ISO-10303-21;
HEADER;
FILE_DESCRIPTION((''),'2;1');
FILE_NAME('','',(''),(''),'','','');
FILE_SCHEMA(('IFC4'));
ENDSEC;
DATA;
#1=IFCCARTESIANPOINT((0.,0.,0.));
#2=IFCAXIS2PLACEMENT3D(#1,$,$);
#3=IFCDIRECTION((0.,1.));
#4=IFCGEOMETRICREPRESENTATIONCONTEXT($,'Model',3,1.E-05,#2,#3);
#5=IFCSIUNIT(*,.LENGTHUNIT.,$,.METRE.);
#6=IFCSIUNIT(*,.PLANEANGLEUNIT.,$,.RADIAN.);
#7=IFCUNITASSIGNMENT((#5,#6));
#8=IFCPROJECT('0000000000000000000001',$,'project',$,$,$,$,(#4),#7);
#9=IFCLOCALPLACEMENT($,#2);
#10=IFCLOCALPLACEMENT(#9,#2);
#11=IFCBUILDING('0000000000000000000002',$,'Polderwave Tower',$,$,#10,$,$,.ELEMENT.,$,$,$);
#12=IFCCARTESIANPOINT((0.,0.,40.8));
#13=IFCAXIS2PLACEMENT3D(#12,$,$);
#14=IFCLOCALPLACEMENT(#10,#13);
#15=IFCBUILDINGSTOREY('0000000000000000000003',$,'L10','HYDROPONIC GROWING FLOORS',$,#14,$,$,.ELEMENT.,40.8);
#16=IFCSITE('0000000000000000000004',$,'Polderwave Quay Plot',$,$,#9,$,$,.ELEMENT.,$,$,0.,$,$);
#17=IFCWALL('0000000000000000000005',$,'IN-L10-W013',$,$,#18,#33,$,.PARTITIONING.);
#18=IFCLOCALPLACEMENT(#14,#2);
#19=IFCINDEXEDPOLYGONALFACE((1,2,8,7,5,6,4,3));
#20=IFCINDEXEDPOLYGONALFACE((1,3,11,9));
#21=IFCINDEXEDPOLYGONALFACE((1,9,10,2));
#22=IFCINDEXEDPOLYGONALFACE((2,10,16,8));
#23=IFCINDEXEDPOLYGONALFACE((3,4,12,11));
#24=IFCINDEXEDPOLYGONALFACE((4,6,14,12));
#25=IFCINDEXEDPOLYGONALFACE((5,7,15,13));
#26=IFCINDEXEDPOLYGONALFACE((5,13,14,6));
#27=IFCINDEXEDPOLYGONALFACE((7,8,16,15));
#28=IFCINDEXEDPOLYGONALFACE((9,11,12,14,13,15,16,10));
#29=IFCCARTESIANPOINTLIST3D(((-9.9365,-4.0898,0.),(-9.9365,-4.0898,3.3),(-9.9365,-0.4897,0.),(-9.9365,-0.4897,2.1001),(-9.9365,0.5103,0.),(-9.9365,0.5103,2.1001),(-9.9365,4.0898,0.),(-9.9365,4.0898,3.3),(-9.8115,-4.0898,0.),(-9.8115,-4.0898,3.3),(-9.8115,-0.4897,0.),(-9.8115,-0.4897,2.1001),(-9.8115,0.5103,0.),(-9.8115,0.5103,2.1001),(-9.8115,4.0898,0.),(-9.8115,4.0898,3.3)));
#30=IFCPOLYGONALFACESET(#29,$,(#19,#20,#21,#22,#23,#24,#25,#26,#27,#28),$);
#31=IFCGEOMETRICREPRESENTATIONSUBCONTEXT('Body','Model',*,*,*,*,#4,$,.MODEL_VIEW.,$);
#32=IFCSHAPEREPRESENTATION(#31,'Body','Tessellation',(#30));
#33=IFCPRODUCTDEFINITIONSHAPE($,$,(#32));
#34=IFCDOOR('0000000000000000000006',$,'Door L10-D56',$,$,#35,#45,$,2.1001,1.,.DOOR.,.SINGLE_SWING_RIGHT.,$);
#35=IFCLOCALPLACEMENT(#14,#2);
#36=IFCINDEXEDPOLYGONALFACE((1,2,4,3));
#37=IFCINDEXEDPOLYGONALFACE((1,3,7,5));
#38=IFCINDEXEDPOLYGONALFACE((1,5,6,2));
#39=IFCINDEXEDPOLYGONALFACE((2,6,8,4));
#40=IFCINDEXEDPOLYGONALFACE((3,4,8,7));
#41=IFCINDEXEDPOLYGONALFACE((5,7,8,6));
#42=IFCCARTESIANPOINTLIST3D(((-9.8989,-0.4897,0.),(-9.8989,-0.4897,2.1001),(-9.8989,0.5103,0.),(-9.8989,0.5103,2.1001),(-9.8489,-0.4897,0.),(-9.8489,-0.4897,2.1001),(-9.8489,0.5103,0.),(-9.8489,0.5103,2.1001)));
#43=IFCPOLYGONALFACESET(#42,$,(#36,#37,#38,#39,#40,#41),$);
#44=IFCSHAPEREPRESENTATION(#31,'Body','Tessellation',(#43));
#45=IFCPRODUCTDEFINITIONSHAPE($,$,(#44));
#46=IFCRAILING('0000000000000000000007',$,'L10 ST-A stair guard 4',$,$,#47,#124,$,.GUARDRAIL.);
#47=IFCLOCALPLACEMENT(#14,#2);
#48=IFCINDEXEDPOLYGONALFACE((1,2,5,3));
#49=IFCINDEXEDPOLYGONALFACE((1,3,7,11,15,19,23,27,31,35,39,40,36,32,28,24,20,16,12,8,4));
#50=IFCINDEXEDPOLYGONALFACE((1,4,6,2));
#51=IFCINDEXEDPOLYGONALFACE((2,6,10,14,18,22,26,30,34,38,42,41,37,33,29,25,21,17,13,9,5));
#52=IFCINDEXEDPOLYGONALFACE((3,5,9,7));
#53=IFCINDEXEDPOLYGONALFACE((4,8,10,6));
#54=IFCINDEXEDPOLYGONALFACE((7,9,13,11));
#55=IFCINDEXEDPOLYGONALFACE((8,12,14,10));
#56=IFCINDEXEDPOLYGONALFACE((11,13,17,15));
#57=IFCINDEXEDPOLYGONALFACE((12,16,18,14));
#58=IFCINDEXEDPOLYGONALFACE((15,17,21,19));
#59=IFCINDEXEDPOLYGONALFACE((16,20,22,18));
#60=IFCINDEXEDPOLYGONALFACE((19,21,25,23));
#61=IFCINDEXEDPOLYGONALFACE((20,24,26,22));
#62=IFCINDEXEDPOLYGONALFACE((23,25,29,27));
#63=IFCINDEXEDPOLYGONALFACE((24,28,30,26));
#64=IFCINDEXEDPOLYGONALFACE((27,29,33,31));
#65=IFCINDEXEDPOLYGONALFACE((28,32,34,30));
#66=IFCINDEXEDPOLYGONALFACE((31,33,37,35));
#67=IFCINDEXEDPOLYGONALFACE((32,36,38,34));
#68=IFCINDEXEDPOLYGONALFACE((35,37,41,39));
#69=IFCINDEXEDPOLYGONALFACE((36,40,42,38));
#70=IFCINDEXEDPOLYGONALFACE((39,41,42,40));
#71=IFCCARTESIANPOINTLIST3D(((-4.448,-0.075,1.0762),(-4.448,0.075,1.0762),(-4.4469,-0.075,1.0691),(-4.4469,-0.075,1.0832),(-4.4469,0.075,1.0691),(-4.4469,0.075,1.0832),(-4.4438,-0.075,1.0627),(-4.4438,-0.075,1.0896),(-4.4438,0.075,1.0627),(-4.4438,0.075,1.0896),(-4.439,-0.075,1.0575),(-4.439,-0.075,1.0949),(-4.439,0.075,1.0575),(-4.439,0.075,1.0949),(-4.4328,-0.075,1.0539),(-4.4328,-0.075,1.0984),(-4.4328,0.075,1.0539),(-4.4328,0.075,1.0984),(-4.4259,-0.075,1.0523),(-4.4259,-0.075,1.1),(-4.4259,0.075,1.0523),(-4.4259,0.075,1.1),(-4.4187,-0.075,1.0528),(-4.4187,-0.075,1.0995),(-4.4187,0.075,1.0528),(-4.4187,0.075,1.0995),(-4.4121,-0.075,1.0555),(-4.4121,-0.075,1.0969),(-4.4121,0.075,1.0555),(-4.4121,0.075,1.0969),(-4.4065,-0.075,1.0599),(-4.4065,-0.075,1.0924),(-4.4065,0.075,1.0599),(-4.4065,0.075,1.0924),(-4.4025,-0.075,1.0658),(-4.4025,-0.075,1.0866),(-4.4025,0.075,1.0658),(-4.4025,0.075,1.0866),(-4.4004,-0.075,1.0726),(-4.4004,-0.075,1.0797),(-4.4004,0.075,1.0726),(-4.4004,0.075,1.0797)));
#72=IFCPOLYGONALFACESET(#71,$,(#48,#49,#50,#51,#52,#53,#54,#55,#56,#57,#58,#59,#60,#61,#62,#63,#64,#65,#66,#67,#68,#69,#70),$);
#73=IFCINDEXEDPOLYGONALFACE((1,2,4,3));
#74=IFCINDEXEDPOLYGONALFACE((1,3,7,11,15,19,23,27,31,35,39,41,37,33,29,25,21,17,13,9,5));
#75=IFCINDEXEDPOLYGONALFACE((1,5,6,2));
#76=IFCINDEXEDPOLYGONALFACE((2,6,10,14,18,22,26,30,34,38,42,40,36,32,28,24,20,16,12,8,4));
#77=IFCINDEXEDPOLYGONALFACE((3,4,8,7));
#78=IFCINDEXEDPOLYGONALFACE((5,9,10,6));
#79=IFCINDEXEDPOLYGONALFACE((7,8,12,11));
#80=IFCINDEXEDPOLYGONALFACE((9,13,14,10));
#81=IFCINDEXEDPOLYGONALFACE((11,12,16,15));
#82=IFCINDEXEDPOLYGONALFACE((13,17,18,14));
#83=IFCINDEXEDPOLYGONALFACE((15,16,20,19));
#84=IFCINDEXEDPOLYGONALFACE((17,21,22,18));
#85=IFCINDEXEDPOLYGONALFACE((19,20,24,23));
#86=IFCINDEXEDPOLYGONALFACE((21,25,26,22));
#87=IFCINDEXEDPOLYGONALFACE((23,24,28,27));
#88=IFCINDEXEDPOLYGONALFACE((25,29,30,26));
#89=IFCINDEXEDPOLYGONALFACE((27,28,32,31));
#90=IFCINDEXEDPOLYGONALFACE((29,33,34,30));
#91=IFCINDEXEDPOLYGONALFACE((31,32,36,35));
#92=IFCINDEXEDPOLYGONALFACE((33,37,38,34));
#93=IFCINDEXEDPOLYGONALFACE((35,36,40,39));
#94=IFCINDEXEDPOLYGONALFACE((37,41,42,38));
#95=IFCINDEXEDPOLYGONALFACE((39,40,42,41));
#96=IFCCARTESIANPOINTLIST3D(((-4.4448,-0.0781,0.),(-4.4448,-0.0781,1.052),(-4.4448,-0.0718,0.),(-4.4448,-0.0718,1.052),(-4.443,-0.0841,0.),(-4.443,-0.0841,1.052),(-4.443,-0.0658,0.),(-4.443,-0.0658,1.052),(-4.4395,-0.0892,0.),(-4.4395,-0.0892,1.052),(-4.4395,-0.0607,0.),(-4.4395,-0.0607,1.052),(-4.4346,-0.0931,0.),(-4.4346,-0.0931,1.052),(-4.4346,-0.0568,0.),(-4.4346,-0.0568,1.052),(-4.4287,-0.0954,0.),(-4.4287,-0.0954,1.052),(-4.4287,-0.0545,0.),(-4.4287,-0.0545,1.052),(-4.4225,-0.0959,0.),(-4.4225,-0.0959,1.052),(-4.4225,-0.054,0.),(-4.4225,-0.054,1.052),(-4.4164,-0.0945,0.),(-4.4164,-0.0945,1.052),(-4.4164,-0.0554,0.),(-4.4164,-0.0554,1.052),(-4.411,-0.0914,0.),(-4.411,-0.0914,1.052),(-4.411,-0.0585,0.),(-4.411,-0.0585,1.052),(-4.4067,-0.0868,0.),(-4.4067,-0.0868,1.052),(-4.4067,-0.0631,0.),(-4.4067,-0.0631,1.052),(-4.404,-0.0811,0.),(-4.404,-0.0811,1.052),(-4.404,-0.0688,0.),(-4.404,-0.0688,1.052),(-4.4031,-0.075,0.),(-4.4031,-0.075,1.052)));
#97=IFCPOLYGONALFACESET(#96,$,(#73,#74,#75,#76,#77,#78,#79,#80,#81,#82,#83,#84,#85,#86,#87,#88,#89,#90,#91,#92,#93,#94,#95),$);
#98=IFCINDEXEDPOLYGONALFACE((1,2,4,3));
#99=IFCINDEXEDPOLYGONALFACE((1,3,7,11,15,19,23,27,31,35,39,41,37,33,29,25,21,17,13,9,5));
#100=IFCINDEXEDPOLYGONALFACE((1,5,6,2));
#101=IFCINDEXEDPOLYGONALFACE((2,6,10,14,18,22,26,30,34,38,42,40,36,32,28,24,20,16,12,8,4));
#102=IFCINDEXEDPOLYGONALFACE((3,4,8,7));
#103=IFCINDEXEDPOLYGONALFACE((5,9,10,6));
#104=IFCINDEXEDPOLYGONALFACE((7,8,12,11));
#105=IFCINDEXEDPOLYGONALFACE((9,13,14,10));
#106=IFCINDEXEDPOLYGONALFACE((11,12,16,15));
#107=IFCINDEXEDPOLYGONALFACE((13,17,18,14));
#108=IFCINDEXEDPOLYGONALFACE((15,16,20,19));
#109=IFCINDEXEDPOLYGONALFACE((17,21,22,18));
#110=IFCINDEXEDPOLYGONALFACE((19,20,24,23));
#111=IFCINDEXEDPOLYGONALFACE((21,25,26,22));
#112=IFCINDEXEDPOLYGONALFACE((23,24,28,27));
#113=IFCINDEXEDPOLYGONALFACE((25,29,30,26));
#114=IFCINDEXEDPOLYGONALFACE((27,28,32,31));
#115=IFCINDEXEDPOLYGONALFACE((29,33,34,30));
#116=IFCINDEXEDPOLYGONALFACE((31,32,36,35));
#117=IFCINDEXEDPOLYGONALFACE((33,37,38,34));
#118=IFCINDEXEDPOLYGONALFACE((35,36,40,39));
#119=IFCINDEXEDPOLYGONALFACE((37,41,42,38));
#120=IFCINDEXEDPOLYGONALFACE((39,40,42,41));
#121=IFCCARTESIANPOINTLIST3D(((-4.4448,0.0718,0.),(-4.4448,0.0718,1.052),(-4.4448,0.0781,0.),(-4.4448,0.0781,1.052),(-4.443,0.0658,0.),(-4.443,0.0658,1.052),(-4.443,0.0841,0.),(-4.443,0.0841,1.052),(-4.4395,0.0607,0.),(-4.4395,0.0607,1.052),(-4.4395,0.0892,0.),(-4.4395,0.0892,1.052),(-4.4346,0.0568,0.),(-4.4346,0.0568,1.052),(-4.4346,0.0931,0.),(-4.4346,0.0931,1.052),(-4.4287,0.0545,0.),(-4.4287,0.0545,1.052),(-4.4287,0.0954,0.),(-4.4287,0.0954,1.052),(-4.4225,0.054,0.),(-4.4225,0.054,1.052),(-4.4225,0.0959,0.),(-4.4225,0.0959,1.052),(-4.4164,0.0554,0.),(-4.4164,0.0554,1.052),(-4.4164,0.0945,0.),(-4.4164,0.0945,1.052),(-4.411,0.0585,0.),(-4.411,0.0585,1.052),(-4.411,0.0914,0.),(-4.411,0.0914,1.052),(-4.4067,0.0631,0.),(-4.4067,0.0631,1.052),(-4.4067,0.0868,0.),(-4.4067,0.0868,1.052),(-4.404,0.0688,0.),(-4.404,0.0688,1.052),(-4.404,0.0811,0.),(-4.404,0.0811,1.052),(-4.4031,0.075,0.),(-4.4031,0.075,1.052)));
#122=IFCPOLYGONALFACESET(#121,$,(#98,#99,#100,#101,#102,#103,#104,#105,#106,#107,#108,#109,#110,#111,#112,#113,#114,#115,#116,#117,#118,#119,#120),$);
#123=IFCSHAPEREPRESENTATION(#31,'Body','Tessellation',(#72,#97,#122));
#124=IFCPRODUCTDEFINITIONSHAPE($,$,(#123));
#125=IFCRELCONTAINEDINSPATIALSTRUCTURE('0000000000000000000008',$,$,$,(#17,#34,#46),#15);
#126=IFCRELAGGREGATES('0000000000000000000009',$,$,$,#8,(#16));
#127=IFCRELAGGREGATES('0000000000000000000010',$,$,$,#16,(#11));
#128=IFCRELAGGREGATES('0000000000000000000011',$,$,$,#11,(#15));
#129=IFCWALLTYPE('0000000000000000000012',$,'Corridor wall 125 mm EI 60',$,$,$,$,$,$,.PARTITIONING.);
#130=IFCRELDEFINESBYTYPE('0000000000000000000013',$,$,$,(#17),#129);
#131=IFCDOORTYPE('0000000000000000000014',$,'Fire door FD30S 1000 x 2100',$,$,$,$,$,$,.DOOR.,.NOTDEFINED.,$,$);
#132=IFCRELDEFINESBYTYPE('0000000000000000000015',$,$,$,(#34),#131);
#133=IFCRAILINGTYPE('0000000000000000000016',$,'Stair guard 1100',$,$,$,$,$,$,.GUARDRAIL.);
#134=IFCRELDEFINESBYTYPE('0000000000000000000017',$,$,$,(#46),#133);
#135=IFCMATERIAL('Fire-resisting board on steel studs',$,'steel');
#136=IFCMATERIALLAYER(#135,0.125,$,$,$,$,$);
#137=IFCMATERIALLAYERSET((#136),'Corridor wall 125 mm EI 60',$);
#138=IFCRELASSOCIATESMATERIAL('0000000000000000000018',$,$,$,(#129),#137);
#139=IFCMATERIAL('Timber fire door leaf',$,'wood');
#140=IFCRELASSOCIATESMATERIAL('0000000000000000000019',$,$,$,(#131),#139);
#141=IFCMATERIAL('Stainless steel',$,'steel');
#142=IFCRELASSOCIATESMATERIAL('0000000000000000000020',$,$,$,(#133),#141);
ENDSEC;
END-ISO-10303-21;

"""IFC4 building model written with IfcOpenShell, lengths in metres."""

from ifc_helpers import new_model, si_unit, direction, frame, frame_2d, origin, origin_2d, place, context, subcontext, project, spatial, rectangle, circle, extrude, material, layer, layer_set, type_object, element, fill, save


model = new_model("IFC4")

# Units and contexts
model_context = context("Model", 3, precision=1e-05, world=origin(), true_north=direction((0.0, 1.0)))
body_context = subcontext(model_context, "Body", "Model", "MODEL_VIEW")
ifc_project = project(units=[si_unit("LENGTHUNIT", "METRE"), si_unit("PLANEANGLEUNIT", "RADIAN")], contexts=[model_context])

# Site, building, storey
site_placement = place(None, origin())
site = spatial("IfcSite", under=ifc_project, at=site_placement, Name="Polderwave Quay Plot", CompositionType="ELEMENT", RefElevation=0.0)
building_placement = place(site_placement, origin())
building = spatial("IfcBuilding", under=site, at=building_placement, Name="Polderwave Tower", CompositionType="ELEMENT")
storey_placement = place(building_placement, frame((0.0, 0.0, 40.8)))
storey = spatial("IfcBuildingStorey", under=building, at=storey_placement, Name="L10", Description="HYDROPONIC GROWING FLOORS", CompositionType="ELEMENT", Elevation=40.8)

# Shared definitions
ifc_material_1 = material(Name="Stainless steel", Category="steel")

# Wall, opening, door
ifc_material_2 = material(Name="Fire-resisting board on steel studs", Category="steel")
ifc_layer_1 = layer(ifc_material_2, 0.125)
ifc_layer_set_1 = layer_set([ifc_layer_1], Name="Corridor wall 125 mm EI 60")
wall_type_1 = type_object("IfcWallType", Name="Corridor wall 125 mm EI 60", PredefinedType="PARTITIONING", material=ifc_layer_set_1)
wall_1_placement = place(storey_placement, frame((-9.874, -4.0898, 0.0), z_axis=(0.0, 0.0, 1.0), x_axis=(0.0, 1.0, 0.0)))
wall_1 = element("IfcWall", 1, at=wall_1_placement, inside=storey, type_object=wall_type_1, Name="IN-L10-W013", PredefinedType="PARTITIONING", context=body_context, shape_type="SweptSolid", body=[
    extrude(rectangle(XDim=8.1797, YDim=0.125, at=frame_2d((4.0898, 0.0))), origin(), (0.0, 0.0, 1.0), 3.3),
])
opening_1_placement = place(wall_1_placement, frame((3.6001, 0.0, 0.0)))
opening_1 = element("IfcOpeningElement", 2, at=opening_1_placement, cuts=wall_1, PredefinedType="OPENING", context=body_context, shape_type="SweptSolid", body=[
    extrude(rectangle(XDim=1.0, YDim=2.1001, at=frame_2d((0.5, 1.05))), frame((0.0, 0.0725, 0.0), z_axis=(0.0, -1.0, 0.0), x_axis=(1.0, 0.0, 0.0)), (0.0, 0.0, 1.0), 0.145),
])
ifc_material_3 = material(Name="Timber fire door leaf", Category="wood")
door_type_1 = type_object("IfcDoorType", Name="Fire door FD30S 1000 x 2100", OperationType="NOTDEFINED", PredefinedType="DOOR", material=ifc_material_3)
door_1_placement = place(opening_1_placement, origin())
door_1 = element("IfcDoor", 3, at=door_1_placement, inside=storey, type_object=door_type_1, Name="Door L10-D56", OperationType="SINGLE_SWING_RIGHT", OverallHeight=2.1001, OverallWidth=1.0, PredefinedType="DOOR", context=body_context, shape_type="SweptSolid", body=[
    extrude(rectangle(XDim=1.0, YDim=2.1001, at=frame_2d((0.5, 1.05))), frame((0.0, 0.0249, 0.0), z_axis=(0.0, -1.0, 0.0), x_axis=(1.0, 0.0, 0.0)), (0.0, 0.0, 1.0), 0.05),
])
fill(opening_1, door_1)

# Railing
railing_type_1 = type_object("IfcRailingType", Name="Stair guard 1100", PredefinedType="GUARDRAIL", material=ifc_material_1)
railing_1_placement = place(storey_placement, frame((-4.4241, -0.075, 0.0)))
element("IfcRailing", 4, at=railing_1_placement, inside=storey, type_object=railing_type_1, Name="L10 ST-A stair guard 4", PredefinedType="GUARDRAIL", context=body_context, shape_type="SweptSolid", body=[
    extrude(circle(Radius=0.0239, at=origin_2d()), frame((0.0, 0.0, 1.0762), z_axis=(0.0, 1.0, 0.0), x_axis=(-1.0, 0.0, 0.0)), (0.0, 0.0, 1.0), 0.1499),
    extrude(circle(Radius=0.021, at=origin_2d()), origin(), (0.0, 0.0, 1.0), 1.052),
    extrude(circle(Radius=0.021, at=origin_2d()), frame((0.0, 0.1499, 0.0)), (0.0, 0.0, 1.0), 1.052),
])

save(model, "model.ifc")
